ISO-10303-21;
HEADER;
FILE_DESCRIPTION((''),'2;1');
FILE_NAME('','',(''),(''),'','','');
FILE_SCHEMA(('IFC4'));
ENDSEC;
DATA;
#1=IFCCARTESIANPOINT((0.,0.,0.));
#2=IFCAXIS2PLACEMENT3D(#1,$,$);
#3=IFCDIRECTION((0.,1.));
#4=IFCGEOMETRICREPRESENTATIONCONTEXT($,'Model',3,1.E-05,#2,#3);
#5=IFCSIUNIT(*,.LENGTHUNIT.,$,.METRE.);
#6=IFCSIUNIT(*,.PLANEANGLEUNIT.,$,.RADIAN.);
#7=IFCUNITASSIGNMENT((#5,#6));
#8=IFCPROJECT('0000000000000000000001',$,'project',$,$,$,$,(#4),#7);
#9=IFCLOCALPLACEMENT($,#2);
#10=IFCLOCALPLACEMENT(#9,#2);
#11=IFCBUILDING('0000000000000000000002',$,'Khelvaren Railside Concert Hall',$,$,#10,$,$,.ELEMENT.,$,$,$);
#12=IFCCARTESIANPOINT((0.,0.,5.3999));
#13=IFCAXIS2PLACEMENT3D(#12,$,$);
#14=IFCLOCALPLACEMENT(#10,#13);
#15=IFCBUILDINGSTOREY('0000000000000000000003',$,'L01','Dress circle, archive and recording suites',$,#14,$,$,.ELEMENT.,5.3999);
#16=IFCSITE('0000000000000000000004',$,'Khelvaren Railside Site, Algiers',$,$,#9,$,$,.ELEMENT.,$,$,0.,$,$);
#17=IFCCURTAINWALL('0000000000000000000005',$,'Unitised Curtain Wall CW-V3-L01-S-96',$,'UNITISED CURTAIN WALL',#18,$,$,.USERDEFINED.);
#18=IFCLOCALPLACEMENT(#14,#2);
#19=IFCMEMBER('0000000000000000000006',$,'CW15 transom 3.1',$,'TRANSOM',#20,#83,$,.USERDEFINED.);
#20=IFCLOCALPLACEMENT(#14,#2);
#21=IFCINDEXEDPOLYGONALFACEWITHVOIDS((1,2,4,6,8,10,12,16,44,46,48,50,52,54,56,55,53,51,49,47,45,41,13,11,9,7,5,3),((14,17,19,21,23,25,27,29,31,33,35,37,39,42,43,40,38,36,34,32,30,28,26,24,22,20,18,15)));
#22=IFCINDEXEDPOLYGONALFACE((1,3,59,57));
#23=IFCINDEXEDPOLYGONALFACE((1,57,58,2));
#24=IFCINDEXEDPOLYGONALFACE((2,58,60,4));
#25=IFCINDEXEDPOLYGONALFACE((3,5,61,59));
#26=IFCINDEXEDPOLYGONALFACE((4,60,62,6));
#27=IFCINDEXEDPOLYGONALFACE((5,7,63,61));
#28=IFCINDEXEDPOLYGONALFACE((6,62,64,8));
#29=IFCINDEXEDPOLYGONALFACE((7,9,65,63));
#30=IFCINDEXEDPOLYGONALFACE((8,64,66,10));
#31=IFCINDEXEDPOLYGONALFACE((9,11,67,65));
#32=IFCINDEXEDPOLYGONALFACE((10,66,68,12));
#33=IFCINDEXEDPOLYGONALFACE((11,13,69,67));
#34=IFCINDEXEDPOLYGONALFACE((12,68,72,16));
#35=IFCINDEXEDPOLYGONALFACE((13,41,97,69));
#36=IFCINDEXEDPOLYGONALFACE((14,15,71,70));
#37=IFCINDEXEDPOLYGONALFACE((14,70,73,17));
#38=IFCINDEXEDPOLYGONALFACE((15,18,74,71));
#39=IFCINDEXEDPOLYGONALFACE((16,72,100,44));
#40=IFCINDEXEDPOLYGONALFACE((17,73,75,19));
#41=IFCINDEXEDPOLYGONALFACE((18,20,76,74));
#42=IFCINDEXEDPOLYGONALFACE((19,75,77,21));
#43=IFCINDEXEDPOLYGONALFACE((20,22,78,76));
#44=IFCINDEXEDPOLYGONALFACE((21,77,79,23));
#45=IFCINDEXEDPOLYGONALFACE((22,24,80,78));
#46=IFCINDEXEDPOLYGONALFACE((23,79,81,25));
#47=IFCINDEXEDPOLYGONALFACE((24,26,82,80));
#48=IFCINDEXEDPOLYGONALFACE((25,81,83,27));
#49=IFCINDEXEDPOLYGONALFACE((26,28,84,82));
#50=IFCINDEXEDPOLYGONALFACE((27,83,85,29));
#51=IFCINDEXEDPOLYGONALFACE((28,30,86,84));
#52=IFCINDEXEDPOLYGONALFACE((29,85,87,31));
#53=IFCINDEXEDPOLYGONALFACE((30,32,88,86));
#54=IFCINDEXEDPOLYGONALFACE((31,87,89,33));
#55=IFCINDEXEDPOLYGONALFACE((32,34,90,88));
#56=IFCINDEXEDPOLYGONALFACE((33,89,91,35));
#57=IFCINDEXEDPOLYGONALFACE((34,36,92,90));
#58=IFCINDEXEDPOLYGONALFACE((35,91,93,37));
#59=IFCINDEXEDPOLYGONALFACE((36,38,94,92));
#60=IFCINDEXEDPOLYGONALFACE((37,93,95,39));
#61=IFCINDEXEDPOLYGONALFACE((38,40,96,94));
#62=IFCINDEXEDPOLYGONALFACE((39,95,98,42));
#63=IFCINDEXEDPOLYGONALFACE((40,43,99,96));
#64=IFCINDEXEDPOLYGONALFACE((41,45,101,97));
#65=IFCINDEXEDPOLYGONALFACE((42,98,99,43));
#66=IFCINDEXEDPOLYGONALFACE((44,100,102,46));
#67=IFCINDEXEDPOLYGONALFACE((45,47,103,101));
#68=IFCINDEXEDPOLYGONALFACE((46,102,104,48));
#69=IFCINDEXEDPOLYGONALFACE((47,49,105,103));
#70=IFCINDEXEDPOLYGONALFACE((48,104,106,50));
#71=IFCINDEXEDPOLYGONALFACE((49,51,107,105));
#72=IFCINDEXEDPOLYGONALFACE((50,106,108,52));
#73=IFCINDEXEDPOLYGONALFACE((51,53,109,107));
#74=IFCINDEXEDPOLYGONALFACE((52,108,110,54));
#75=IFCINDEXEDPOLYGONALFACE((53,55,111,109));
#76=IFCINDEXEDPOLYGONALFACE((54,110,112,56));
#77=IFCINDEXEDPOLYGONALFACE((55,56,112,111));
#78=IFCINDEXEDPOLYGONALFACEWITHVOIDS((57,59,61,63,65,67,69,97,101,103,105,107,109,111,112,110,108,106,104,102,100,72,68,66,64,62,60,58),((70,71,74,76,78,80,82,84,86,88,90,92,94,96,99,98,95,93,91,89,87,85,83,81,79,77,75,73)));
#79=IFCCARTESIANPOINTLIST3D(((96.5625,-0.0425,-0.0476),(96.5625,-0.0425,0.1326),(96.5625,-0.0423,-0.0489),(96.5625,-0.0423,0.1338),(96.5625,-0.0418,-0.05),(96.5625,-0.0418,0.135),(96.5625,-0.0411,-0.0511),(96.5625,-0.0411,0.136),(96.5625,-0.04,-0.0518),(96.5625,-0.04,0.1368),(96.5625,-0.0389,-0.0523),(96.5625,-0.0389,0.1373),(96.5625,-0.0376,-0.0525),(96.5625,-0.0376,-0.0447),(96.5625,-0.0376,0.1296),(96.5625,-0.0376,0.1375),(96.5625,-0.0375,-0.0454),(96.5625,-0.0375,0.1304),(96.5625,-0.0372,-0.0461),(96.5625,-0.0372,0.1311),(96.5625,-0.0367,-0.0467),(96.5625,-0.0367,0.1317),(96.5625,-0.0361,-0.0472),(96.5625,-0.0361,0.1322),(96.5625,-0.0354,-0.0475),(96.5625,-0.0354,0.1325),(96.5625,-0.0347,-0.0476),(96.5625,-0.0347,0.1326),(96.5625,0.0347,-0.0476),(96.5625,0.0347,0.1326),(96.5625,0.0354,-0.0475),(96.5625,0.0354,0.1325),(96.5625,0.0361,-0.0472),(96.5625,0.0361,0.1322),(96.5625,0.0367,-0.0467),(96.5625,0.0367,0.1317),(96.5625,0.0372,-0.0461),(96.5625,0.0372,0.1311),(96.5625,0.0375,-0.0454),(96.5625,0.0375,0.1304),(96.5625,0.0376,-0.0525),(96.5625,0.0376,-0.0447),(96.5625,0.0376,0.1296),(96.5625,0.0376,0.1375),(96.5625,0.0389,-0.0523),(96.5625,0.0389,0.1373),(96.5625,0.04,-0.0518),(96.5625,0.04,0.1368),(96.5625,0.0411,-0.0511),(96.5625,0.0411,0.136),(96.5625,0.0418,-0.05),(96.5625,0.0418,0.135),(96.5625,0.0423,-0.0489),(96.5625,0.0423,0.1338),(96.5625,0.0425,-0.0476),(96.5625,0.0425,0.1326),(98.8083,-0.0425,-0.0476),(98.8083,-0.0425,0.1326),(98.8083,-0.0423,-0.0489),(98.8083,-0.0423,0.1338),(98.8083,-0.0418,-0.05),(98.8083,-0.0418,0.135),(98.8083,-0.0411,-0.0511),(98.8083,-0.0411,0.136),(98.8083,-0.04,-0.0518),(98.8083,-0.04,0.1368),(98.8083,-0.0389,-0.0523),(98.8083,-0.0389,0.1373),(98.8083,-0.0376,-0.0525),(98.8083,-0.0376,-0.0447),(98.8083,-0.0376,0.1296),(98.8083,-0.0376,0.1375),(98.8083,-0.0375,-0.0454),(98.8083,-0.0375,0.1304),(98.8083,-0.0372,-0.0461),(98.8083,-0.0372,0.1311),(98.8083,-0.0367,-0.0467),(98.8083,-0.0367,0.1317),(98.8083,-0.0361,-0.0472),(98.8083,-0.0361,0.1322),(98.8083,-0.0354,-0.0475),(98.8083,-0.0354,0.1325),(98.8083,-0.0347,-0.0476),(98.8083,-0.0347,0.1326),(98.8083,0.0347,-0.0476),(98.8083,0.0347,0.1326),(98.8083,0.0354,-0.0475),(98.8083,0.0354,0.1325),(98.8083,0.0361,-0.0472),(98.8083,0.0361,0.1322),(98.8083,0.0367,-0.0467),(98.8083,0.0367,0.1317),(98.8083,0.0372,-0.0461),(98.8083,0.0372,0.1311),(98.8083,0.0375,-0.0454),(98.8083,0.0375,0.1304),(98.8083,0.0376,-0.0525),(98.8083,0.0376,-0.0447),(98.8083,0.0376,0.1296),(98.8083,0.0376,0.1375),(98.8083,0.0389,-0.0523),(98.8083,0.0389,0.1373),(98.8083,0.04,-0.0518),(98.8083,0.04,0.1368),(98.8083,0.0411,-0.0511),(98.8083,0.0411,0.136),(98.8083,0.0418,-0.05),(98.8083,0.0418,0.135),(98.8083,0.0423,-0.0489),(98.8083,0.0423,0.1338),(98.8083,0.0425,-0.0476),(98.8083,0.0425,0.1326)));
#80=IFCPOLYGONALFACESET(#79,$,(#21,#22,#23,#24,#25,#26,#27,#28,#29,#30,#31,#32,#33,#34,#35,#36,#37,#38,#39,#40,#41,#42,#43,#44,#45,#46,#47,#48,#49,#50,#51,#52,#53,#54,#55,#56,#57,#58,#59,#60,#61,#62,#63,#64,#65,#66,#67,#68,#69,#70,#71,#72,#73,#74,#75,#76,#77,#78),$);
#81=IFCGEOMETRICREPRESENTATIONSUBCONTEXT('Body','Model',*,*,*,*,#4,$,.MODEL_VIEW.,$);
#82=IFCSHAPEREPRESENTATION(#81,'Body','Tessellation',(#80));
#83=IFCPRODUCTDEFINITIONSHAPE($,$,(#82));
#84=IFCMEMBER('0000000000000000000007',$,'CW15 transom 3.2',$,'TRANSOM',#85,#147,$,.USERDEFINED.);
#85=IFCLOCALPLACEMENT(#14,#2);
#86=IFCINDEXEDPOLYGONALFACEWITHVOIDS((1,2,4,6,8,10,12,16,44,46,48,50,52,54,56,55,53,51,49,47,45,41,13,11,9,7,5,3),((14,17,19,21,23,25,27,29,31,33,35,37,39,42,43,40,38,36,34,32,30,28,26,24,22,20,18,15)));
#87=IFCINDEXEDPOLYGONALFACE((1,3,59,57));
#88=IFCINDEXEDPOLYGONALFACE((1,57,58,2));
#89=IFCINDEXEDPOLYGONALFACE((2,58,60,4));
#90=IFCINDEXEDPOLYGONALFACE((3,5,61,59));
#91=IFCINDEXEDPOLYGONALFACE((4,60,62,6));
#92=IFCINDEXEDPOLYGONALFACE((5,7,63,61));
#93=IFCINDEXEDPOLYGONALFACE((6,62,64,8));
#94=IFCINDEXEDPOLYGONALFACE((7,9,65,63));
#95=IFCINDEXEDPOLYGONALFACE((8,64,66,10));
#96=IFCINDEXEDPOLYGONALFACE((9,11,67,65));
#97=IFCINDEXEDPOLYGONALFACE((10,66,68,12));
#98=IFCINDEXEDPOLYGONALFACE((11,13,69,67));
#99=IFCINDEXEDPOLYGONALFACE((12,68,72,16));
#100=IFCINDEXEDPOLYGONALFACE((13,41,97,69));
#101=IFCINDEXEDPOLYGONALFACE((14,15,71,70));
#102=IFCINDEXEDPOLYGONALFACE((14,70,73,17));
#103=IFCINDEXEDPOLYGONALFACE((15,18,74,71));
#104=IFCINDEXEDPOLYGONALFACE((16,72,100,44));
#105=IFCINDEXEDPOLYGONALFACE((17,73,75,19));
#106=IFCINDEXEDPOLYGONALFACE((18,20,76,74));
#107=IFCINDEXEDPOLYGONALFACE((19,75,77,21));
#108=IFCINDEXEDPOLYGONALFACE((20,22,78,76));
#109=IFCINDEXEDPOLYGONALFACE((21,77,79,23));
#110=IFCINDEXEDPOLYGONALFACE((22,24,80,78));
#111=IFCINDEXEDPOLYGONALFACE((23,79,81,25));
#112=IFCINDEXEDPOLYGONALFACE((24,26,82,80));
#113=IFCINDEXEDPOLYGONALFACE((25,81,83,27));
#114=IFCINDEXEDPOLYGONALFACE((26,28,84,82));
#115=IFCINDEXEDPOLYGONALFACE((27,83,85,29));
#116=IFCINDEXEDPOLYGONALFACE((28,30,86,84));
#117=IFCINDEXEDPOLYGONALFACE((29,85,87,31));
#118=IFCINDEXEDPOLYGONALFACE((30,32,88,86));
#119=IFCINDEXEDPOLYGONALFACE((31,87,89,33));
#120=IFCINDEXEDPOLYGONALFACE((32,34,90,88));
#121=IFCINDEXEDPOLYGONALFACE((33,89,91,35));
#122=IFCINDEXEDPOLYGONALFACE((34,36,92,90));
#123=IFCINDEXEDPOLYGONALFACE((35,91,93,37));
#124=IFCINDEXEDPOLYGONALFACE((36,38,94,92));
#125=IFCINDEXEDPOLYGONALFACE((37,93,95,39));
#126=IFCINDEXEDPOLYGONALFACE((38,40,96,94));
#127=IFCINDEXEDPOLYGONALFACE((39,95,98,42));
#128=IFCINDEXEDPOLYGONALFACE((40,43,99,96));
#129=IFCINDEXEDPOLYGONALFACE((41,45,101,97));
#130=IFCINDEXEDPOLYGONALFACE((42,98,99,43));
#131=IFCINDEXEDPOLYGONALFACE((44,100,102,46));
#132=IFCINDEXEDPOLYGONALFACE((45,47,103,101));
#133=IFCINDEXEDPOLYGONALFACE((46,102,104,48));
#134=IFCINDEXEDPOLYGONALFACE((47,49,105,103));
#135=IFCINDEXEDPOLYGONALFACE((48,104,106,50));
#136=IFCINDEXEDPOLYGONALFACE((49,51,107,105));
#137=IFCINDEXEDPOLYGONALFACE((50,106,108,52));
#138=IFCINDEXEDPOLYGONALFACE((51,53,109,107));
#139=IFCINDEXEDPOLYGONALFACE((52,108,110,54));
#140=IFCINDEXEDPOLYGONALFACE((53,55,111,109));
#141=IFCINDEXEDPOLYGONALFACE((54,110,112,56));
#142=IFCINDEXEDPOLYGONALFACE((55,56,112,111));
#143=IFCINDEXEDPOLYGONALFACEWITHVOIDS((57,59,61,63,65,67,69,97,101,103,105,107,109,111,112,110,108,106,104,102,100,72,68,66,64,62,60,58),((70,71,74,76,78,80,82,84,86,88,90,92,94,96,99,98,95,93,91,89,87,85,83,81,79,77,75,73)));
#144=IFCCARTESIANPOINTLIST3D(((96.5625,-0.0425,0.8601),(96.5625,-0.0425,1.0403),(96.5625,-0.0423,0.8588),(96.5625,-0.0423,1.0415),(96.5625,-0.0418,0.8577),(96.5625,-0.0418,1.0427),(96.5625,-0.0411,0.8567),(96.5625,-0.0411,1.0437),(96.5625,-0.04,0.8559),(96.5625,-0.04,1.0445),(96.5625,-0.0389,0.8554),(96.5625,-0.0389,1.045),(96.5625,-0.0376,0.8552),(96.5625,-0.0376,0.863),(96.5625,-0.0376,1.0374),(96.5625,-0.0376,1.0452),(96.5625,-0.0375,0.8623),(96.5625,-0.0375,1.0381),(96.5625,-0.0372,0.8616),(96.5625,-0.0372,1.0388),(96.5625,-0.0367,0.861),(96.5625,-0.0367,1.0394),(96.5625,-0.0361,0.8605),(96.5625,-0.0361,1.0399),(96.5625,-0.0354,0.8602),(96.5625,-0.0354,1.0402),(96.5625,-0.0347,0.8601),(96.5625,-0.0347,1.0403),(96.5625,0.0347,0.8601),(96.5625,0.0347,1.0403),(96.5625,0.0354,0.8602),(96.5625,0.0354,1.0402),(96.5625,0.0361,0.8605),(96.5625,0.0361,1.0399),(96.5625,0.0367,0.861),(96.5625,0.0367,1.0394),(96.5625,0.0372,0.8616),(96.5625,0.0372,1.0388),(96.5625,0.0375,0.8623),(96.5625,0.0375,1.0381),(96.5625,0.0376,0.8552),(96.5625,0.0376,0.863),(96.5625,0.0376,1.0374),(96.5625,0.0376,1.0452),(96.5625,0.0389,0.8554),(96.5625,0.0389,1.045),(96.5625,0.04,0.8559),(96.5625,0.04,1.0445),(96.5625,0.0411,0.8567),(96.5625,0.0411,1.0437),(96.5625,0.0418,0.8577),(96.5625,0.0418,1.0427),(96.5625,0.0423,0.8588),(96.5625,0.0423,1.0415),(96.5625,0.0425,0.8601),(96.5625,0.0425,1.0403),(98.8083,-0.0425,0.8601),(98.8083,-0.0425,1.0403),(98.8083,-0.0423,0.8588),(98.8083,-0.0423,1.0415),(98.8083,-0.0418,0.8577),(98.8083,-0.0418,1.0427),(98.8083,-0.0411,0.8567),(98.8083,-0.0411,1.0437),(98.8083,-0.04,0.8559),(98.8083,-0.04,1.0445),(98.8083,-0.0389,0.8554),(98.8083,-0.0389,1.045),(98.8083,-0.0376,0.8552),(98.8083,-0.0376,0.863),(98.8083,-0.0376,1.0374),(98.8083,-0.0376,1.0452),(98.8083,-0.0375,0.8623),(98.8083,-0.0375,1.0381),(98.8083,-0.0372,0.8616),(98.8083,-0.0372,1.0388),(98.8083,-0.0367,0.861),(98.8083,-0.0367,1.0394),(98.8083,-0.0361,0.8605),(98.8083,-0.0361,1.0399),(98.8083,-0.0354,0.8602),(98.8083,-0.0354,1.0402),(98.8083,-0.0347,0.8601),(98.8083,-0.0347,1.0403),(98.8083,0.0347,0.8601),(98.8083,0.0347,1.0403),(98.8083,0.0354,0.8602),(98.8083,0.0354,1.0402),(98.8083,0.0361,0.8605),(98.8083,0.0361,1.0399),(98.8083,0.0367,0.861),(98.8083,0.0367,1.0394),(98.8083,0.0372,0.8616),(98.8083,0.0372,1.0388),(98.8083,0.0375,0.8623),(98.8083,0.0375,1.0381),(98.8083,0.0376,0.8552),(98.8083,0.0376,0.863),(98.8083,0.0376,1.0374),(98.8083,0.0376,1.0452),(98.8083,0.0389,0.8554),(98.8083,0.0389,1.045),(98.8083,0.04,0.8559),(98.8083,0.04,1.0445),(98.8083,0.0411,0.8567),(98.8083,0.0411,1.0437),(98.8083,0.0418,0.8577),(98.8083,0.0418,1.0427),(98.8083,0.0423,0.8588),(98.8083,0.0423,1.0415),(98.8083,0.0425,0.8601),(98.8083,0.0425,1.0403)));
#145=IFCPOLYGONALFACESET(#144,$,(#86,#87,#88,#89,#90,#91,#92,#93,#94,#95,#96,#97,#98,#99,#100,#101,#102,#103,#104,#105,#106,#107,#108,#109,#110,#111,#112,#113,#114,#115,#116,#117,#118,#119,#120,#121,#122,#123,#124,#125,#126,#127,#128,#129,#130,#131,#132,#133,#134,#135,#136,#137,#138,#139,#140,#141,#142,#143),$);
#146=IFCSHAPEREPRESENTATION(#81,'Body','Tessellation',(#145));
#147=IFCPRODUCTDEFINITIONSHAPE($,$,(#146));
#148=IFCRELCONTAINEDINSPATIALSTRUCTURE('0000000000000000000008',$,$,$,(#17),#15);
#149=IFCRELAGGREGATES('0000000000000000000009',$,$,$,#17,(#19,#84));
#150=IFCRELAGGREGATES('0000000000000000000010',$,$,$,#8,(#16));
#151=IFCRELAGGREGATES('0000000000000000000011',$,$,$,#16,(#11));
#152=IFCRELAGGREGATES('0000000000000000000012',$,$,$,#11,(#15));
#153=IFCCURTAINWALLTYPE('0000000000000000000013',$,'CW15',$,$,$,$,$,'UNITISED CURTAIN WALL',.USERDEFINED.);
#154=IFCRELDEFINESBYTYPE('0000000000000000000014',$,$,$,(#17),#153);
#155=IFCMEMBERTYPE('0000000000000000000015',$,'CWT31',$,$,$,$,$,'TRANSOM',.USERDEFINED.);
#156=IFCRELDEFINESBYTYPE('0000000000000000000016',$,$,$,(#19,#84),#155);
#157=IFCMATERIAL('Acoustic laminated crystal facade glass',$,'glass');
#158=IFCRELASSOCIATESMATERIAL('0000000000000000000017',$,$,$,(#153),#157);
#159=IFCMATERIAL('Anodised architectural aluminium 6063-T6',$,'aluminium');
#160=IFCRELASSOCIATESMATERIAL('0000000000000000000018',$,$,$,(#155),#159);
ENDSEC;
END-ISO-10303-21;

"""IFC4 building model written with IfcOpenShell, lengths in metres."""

from ifc_helpers import new_model, si_unit, direction, frame, origin, origin_2d, place, context, subcontext, project, spatial, hollow_rectangle, extrude, material, material_profile, profile_set, type_object, element, aggregate, save


model = new_model("IFC4")

# Units and contexts
model_context = context("Model", 3, precision=1e-05, world=origin(), true_north=direction((0.0, 1.0)))
body_context = subcontext(model_context, "Body", "Model", "MODEL_VIEW")
ifc_project = project(units=[si_unit("LENGTHUNIT", "METRE"), si_unit("PLANEANGLEUNIT", "RADIAN")], contexts=[model_context])

# Site, building, storey
site_placement = place(None, origin())
site = spatial("IfcSite", under=ifc_project, at=site_placement, Name="Khelvaren Railside Site, Algiers", CompositionType="ELEMENT", RefElevation=0.0)
building_placement = place(site_placement, origin())
building = spatial("IfcBuilding", under=site, at=building_placement, Name="Khelvaren Railside Concert Hall", CompositionType="ELEMENT")
storey_placement = place(building_placement, frame((0.0, 0.0, 5.3999)))
storey = spatial("IfcBuildingStorey", under=building, at=storey_placement, Name="L01", Description="Dress circle, archive and recording suites", CompositionType="ELEMENT", Elevation=5.3999)

# Curtain wall
ifc_material_1 = material(Name="Acoustic laminated crystal facade glass", Category="glass")
ifc_material_2 = material(Name="Anodised architectural aluminium 6063-T6", Category="aluminium")
curtain_wall_type_1 = type_object("IfcCurtainWallType", Name="CW15", ElementType="UNITISED CURTAIN WALL", PredefinedType="USERDEFINED", material=ifc_material_1)
curtain_wall_1_placement = place(storey_placement, origin())
curtain_wall_1 = element("IfcCurtainWall", 1, at=curtain_wall_1_placement, inside=storey, type_object=curtain_wall_type_1, Name="Unitised Curtain Wall CW-V3-L01-S-96", ObjectType="UNITISED CURTAIN WALL", PredefinedType="USERDEFINED")

# Members
ifc_material_profile_1 = material_profile(ifc_material_2, hollow_rectangle(XDim=0.085, YDim=0.1899, WallThickness=0.0049, InnerFilletRadius=0.0029, OuterFilletRadius=0.0049, at=origin_2d()), Name="CWT 85x190x5")
ifc_profile_set_1 = profile_set([ifc_material_profile_1], Name="Anodised architectural aluminium 6063-T6")
member_type_1 = type_object("IfcMemberType", Name="CWT31", ElementType="TRANSOM", PredefinedType="USERDEFINED", material=ifc_profile_set_1)
member_1_placement = place(storey_placement, frame((98.8083, 0.0, 0.0425), z_axis=(-1.0, 0.0, 0.0), x_axis=(0.0, -1.0, 0.0)))
member_1 = element("IfcMember", 2, at=member_1_placement, type_object=member_type_1, Name="CW15 transom 3.1", ObjectType="TRANSOM", PredefinedType="USERDEFINED", context=body_context, shape_type="SweptSolid", body=[
    extrude(hollow_rectangle(XDim=0.085, YDim=0.1899, WallThickness=0.0049, InnerFilletRadius=0.0029, OuterFilletRadius=0.0049, at=origin_2d()), origin(), (0.0, 0.0, 1.0), 2.2458),
])
member_2_placement = place(storey_placement, frame((98.8083, 0.0, 0.9502), z_axis=(-1.0, 0.0, 0.0), x_axis=(0.0, -1.0, 0.0)))
member_2 = element("IfcMember", 3, at=member_2_placement, type_object=member_type_1, Name="CW15 transom 3.2", ObjectType="TRANSOM", PredefinedType="USERDEFINED", context=body_context, shape_type="SweptSolid", body=[
    extrude(hollow_rectangle(XDim=0.085, YDim=0.1899, WallThickness=0.0049, InnerFilletRadius=0.0029, OuterFilletRadius=0.0049, at=origin_2d()), origin(), (0.0, 0.0, 1.0), 2.2458),
])

aggregate(curtain_wall_1, [member_1, member_2])

save(model, "model.ifc")
